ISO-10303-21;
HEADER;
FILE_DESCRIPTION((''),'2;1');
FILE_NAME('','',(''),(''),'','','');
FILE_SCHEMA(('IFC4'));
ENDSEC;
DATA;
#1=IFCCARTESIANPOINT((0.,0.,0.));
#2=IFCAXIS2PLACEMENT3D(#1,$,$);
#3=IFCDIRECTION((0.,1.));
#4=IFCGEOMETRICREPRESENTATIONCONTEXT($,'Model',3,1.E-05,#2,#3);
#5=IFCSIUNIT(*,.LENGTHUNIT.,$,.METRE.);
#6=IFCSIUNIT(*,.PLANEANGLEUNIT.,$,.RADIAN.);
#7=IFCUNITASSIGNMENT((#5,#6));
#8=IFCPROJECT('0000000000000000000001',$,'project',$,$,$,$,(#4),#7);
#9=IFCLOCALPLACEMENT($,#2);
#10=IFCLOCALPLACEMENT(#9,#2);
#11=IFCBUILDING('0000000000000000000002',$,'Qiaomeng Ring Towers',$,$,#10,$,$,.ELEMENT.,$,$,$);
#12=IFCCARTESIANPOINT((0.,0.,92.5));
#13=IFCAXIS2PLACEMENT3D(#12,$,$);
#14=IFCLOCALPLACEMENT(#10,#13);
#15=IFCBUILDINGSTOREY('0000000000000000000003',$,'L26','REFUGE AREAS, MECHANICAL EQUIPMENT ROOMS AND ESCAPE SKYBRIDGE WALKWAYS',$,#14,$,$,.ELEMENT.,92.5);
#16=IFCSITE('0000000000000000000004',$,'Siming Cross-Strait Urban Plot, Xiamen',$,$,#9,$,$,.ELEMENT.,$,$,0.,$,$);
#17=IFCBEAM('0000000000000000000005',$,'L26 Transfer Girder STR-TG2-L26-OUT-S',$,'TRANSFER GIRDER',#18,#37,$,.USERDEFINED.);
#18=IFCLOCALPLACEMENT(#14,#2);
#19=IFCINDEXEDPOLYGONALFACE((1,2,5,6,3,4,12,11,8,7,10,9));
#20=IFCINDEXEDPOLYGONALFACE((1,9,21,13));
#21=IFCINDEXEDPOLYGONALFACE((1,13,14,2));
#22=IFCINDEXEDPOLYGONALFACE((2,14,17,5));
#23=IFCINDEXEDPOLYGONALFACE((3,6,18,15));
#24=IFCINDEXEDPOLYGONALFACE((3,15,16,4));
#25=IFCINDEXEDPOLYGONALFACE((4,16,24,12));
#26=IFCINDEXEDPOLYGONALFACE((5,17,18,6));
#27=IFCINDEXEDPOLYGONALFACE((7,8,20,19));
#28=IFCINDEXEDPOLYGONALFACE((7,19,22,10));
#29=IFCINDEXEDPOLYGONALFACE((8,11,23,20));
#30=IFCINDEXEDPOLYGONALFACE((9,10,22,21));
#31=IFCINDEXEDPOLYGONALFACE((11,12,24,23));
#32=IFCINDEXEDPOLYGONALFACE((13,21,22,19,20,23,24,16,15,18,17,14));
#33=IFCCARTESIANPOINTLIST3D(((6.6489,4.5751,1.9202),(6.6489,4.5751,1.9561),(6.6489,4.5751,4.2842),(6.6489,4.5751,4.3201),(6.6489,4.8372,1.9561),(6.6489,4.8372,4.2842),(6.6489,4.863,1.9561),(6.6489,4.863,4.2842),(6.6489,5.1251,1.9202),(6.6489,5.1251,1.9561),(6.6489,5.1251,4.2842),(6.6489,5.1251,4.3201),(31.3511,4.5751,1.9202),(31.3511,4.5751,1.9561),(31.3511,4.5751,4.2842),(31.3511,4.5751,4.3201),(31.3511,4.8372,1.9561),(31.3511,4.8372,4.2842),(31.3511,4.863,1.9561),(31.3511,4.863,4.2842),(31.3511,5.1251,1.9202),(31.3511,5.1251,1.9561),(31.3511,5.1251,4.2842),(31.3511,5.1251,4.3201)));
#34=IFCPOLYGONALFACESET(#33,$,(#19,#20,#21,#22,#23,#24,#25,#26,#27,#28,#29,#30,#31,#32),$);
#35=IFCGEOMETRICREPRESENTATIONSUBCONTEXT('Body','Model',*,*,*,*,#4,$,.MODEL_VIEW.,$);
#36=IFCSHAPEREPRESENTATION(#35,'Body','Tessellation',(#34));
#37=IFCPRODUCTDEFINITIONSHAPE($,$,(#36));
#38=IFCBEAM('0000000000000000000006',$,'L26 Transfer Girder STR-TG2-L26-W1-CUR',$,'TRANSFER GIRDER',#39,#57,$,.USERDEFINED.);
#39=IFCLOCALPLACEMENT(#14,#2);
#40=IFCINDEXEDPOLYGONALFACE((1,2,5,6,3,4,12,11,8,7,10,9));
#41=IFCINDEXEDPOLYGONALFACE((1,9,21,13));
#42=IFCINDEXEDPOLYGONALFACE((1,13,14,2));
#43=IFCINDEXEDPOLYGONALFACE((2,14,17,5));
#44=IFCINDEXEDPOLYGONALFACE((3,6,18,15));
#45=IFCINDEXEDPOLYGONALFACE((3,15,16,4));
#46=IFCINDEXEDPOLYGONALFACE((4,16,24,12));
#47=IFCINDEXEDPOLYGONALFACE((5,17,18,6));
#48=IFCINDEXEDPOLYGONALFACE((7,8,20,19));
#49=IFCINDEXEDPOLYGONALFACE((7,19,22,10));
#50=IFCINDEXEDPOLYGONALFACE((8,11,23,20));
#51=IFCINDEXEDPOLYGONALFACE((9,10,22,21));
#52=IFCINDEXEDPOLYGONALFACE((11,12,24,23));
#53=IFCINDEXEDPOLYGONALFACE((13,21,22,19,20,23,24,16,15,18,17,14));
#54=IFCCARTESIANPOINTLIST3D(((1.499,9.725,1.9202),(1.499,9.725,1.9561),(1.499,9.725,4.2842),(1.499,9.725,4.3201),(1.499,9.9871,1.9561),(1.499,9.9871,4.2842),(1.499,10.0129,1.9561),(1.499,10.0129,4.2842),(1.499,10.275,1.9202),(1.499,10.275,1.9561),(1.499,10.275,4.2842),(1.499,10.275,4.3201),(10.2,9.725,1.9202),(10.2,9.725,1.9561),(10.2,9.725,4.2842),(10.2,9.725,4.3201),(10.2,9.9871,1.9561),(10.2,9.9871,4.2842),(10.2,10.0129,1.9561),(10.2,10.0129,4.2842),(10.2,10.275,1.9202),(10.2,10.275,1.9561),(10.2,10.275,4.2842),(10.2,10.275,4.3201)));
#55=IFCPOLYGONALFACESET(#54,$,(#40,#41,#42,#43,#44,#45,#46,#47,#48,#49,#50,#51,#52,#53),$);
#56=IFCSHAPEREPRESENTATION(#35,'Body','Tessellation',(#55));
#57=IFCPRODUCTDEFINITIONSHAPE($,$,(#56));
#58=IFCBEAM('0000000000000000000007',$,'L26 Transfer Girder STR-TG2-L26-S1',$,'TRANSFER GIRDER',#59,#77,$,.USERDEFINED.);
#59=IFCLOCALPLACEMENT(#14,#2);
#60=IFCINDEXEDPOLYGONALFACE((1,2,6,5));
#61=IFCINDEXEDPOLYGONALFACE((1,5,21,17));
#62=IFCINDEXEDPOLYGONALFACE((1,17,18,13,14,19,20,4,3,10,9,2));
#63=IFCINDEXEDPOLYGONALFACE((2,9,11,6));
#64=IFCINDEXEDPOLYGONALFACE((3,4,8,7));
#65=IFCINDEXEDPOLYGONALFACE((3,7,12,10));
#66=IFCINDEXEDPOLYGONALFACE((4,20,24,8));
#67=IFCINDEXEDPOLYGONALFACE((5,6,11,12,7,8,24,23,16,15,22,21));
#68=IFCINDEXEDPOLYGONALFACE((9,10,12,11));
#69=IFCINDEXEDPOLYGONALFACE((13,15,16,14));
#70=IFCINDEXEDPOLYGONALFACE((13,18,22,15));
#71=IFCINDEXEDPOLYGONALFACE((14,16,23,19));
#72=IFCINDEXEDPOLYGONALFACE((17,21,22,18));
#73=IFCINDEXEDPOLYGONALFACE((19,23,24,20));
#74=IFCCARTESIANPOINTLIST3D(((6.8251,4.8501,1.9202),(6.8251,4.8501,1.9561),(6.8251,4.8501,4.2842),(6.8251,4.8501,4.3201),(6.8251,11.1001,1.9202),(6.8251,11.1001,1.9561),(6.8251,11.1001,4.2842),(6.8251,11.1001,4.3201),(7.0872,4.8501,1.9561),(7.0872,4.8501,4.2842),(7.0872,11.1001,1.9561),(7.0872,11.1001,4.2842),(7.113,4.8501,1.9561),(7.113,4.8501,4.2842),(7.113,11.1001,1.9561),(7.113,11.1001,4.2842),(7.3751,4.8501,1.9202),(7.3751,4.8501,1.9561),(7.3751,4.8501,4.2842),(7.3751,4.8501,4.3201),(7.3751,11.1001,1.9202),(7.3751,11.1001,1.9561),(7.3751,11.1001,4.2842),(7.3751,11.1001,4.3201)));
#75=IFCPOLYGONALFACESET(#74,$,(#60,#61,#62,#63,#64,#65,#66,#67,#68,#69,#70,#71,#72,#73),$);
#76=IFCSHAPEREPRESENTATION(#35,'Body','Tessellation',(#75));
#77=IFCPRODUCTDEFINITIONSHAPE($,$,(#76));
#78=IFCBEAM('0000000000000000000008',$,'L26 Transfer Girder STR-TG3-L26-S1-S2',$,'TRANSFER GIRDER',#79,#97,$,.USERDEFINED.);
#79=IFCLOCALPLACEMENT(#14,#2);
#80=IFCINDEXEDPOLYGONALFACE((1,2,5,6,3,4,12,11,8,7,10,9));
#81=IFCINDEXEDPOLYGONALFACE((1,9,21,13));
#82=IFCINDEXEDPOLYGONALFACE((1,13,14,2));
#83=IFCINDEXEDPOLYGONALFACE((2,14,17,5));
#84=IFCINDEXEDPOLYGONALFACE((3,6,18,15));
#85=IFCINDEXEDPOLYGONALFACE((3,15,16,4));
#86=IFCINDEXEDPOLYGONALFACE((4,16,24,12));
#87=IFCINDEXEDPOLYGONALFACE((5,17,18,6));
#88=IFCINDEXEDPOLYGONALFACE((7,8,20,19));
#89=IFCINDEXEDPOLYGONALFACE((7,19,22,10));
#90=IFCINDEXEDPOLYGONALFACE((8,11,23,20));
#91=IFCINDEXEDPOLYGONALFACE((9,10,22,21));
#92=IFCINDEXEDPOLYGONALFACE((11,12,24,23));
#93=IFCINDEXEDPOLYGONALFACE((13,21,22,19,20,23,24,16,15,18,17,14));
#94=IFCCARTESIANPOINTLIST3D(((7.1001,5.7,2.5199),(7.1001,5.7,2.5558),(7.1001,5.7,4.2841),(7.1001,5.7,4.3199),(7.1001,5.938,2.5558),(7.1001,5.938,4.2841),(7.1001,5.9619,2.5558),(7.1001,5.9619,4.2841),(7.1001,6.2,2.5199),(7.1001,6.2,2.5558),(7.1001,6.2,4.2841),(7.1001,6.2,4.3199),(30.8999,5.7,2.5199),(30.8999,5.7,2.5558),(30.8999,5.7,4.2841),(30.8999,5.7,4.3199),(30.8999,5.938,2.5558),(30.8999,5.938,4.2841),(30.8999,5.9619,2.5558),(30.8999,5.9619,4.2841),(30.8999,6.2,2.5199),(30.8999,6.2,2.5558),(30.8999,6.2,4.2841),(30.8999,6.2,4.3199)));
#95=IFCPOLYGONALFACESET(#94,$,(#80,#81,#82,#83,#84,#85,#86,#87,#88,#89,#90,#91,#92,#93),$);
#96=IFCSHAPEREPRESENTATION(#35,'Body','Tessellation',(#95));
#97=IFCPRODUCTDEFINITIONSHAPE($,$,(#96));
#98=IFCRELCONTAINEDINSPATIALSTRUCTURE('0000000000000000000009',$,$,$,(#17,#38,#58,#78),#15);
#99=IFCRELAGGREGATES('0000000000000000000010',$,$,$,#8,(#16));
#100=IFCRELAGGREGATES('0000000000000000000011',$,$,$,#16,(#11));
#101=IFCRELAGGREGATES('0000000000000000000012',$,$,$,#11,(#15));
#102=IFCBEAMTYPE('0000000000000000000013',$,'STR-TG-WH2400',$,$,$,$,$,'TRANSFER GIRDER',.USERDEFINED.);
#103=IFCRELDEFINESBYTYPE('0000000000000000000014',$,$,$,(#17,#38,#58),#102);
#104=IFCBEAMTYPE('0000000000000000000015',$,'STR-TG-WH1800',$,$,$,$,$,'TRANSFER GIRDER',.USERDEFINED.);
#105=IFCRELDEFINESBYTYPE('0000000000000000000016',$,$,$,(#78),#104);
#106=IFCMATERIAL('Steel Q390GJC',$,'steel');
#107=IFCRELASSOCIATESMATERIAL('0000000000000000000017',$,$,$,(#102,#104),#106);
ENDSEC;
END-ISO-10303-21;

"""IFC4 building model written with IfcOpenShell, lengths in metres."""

from ifc_helpers import new_model, si_unit, direction, frame, origin, origin_2d, place, context, subcontext, project, spatial, i_section, extrude, source, transform, mapped, material, material_profile, profile_set, type_object, element, save


model = new_model("IFC4")

# Units and contexts
model_context = context("Model", 3, precision=1e-05, world=origin(), true_north=direction((0.0, 1.0)))
body_context = subcontext(model_context, "Body", "Model", "MODEL_VIEW")
ifc_project = project(units=[si_unit("LENGTHUNIT", "METRE"), si_unit("PLANEANGLEUNIT", "RADIAN")], contexts=[model_context])

# Site, building, storey
site_placement = place(None, origin())
site = spatial("IfcSite", under=ifc_project, at=site_placement, Name="Siming Cross-Strait Urban Plot, Xiamen", CompositionType="ELEMENT", RefElevation=0.0)
building_placement = place(site_placement, origin())
building = spatial("IfcBuilding", under=site, at=building_placement, Name="Qiaomeng Ring Towers", CompositionType="ELEMENT")
storey_placement = place(building_placement, frame((0.0, 0.0, 92.5)))
storey = spatial("IfcBuildingStorey", under=building, at=storey_placement, Name="L26", Description="REFUGE AREAS, MECHANICAL EQUIPMENT ROOMS AND ESCAPE SKYBRIDGE WALKWAYS", CompositionType="ELEMENT", Elevation=92.5)

# Shared definitions
ifc_material_1 = material(Name="Steel Q390GJC", Category="steel")

# Beams
ifc_material_profile_1 = material_profile(ifc_material_1, i_section(OverallWidth=0.55, OverallDepth=2.3999, WebThickness=0.0259, FlangeThickness=0.0359, at=origin_2d()), Name="WH 2400x550x26x36")
ifc_profile_set_1 = profile_set([ifc_material_profile_1], Name="Steel Q390GJC")
beam_type_1 = type_object("IfcBeamType", Name="STR-TG-WH2400", ElementType="TRANSFER GIRDER", PredefinedType="USERDEFINED", material=ifc_profile_set_1)
shared_shape_1 = source(origin(), body_context, "Body", "SweptSolid", [
    extrude(i_section(OverallWidth=0.55, OverallDepth=2.3999, WebThickness=0.0259, FlangeThickness=0.0359, at=origin_2d()), origin(), (0.0, 0.0, 1.0), 24.7021),
])
beam_1_placement = place(storey_placement, frame((6.6489, 4.8501, 3.1201), z_axis=(1.0, 0.0, 0.0), x_axis=(0.0, 1.0, 0.0)))
element("IfcBeam", 1, at=beam_1_placement, inside=storey, type_object=beam_type_1, Name="L26 Transfer Girder STR-TG2-L26-OUT-S", ObjectType="TRANSFER GIRDER", PredefinedType="USERDEFINED", context=body_context, shape_type="MappedRepresentation", body=[
    mapped(shared_shape_1, transform((0.0, 0.0, 0.0), x_axis=(1.0, 0.0, 0.0), y_axis=(0.0, 1.0, 0.0), z_axis=(0.0, 0.0, 1.0), scale=1.0)),
])
shared_shape_2 = source(origin(), body_context, "Body", "SweptSolid", [
    extrude(i_section(OverallWidth=0.55, OverallDepth=2.3999, WebThickness=0.0259, FlangeThickness=0.0359, at=origin_2d()), origin(), (0.0, 0.0, 1.0), 8.7009),
])
beam_2_placement = place(storey_placement, frame((1.499, 10.0, 3.1201), z_axis=(1.0, 0.0, 0.0), x_axis=(0.0, 1.0, 0.0)))
element("IfcBeam", 2, at=beam_2_placement, inside=storey, type_object=beam_type_1, Name="L26 Transfer Girder STR-TG2-L26-W1-CUR", ObjectType="TRANSFER GIRDER", PredefinedType="USERDEFINED", context=body_context, shape_type="MappedRepresentation", body=[
    mapped(shared_shape_2, transform((0.0, 0.0, 0.0), x_axis=(1.0, 0.0, 0.0), y_axis=(0.0, 1.0, 0.0), z_axis=(0.0, 0.0, 1.0), scale=1.0)),
])
shared_shape_3 = source(origin(), body_context, "Body", "SweptSolid", [
    extrude(i_section(OverallWidth=0.55, OverallDepth=2.3999, WebThickness=0.0259, FlangeThickness=0.0359, at=origin_2d()), origin(), (0.0, 0.0, 1.0), 6.25),
])
beam_3_placement = place(storey_placement, frame((7.1001, 4.8501, 3.1201), z_axis=(0.0, 1.0, 0.0), x_axis=(-1.0, 0.0, 0.0)))
element("IfcBeam", 3, at=beam_3_placement, inside=storey, type_object=beam_type_1, Name="L26 Transfer Girder STR-TG2-L26-S1", ObjectType="TRANSFER GIRDER", PredefinedType="USERDEFINED", context=body_context, shape_type="MappedRepresentation", body=[
    mapped(shared_shape_3, transform((0.0, 0.0, 0.0), x_axis=(1.0, 0.0, 0.0), y_axis=(0.0, 1.0, 0.0), z_axis=(0.0, 0.0, 1.0), scale=1.0)),
])
ifc_material_profile_2 = material_profile(ifc_material_1, i_section(OverallWidth=0.5, OverallDepth=1.8, WebThickness=0.0239, FlangeThickness=0.0359, at=origin_2d()), Name="WH 1800x500x24x36")
ifc_profile_set_2 = profile_set([ifc_material_profile_2], Name="Steel Q390GJC")
beam_type_2 = type_object("IfcBeamType", Name="STR-TG-WH1800", ElementType="TRANSFER GIRDER", PredefinedType="USERDEFINED", material=ifc_profile_set_2)
shared_shape_4 = source(origin(), body_context, "Body", "SweptSolid", [
    extrude(i_section(OverallWidth=0.5, OverallDepth=1.8, WebThickness=0.0239, FlangeThickness=0.0359, at=origin_2d()), origin(), (0.0, 0.0, 1.0), 23.7998),
])
beam_4_placement = place(storey_placement, frame((7.1001, 5.95, 3.4199), z_axis=(1.0, 0.0, 0.0), x_axis=(0.0, 1.0, 0.0)))
element("IfcBeam", 4, at=beam_4_placement, inside=storey, type_object=beam_type_2, Name="L26 Transfer Girder STR-TG3-L26-S1-S2", ObjectType="TRANSFER GIRDER", PredefinedType="USERDEFINED", context=body_context, shape_type="MappedRepresentation", body=[
    mapped(shared_shape_4, transform((0.0, 0.0, 0.0), x_axis=(1.0, 0.0, 0.0), y_axis=(0.0, 1.0, 0.0), z_axis=(0.0, 0.0, 1.0), scale=1.0)),
])

save(model, "model.ifc")
